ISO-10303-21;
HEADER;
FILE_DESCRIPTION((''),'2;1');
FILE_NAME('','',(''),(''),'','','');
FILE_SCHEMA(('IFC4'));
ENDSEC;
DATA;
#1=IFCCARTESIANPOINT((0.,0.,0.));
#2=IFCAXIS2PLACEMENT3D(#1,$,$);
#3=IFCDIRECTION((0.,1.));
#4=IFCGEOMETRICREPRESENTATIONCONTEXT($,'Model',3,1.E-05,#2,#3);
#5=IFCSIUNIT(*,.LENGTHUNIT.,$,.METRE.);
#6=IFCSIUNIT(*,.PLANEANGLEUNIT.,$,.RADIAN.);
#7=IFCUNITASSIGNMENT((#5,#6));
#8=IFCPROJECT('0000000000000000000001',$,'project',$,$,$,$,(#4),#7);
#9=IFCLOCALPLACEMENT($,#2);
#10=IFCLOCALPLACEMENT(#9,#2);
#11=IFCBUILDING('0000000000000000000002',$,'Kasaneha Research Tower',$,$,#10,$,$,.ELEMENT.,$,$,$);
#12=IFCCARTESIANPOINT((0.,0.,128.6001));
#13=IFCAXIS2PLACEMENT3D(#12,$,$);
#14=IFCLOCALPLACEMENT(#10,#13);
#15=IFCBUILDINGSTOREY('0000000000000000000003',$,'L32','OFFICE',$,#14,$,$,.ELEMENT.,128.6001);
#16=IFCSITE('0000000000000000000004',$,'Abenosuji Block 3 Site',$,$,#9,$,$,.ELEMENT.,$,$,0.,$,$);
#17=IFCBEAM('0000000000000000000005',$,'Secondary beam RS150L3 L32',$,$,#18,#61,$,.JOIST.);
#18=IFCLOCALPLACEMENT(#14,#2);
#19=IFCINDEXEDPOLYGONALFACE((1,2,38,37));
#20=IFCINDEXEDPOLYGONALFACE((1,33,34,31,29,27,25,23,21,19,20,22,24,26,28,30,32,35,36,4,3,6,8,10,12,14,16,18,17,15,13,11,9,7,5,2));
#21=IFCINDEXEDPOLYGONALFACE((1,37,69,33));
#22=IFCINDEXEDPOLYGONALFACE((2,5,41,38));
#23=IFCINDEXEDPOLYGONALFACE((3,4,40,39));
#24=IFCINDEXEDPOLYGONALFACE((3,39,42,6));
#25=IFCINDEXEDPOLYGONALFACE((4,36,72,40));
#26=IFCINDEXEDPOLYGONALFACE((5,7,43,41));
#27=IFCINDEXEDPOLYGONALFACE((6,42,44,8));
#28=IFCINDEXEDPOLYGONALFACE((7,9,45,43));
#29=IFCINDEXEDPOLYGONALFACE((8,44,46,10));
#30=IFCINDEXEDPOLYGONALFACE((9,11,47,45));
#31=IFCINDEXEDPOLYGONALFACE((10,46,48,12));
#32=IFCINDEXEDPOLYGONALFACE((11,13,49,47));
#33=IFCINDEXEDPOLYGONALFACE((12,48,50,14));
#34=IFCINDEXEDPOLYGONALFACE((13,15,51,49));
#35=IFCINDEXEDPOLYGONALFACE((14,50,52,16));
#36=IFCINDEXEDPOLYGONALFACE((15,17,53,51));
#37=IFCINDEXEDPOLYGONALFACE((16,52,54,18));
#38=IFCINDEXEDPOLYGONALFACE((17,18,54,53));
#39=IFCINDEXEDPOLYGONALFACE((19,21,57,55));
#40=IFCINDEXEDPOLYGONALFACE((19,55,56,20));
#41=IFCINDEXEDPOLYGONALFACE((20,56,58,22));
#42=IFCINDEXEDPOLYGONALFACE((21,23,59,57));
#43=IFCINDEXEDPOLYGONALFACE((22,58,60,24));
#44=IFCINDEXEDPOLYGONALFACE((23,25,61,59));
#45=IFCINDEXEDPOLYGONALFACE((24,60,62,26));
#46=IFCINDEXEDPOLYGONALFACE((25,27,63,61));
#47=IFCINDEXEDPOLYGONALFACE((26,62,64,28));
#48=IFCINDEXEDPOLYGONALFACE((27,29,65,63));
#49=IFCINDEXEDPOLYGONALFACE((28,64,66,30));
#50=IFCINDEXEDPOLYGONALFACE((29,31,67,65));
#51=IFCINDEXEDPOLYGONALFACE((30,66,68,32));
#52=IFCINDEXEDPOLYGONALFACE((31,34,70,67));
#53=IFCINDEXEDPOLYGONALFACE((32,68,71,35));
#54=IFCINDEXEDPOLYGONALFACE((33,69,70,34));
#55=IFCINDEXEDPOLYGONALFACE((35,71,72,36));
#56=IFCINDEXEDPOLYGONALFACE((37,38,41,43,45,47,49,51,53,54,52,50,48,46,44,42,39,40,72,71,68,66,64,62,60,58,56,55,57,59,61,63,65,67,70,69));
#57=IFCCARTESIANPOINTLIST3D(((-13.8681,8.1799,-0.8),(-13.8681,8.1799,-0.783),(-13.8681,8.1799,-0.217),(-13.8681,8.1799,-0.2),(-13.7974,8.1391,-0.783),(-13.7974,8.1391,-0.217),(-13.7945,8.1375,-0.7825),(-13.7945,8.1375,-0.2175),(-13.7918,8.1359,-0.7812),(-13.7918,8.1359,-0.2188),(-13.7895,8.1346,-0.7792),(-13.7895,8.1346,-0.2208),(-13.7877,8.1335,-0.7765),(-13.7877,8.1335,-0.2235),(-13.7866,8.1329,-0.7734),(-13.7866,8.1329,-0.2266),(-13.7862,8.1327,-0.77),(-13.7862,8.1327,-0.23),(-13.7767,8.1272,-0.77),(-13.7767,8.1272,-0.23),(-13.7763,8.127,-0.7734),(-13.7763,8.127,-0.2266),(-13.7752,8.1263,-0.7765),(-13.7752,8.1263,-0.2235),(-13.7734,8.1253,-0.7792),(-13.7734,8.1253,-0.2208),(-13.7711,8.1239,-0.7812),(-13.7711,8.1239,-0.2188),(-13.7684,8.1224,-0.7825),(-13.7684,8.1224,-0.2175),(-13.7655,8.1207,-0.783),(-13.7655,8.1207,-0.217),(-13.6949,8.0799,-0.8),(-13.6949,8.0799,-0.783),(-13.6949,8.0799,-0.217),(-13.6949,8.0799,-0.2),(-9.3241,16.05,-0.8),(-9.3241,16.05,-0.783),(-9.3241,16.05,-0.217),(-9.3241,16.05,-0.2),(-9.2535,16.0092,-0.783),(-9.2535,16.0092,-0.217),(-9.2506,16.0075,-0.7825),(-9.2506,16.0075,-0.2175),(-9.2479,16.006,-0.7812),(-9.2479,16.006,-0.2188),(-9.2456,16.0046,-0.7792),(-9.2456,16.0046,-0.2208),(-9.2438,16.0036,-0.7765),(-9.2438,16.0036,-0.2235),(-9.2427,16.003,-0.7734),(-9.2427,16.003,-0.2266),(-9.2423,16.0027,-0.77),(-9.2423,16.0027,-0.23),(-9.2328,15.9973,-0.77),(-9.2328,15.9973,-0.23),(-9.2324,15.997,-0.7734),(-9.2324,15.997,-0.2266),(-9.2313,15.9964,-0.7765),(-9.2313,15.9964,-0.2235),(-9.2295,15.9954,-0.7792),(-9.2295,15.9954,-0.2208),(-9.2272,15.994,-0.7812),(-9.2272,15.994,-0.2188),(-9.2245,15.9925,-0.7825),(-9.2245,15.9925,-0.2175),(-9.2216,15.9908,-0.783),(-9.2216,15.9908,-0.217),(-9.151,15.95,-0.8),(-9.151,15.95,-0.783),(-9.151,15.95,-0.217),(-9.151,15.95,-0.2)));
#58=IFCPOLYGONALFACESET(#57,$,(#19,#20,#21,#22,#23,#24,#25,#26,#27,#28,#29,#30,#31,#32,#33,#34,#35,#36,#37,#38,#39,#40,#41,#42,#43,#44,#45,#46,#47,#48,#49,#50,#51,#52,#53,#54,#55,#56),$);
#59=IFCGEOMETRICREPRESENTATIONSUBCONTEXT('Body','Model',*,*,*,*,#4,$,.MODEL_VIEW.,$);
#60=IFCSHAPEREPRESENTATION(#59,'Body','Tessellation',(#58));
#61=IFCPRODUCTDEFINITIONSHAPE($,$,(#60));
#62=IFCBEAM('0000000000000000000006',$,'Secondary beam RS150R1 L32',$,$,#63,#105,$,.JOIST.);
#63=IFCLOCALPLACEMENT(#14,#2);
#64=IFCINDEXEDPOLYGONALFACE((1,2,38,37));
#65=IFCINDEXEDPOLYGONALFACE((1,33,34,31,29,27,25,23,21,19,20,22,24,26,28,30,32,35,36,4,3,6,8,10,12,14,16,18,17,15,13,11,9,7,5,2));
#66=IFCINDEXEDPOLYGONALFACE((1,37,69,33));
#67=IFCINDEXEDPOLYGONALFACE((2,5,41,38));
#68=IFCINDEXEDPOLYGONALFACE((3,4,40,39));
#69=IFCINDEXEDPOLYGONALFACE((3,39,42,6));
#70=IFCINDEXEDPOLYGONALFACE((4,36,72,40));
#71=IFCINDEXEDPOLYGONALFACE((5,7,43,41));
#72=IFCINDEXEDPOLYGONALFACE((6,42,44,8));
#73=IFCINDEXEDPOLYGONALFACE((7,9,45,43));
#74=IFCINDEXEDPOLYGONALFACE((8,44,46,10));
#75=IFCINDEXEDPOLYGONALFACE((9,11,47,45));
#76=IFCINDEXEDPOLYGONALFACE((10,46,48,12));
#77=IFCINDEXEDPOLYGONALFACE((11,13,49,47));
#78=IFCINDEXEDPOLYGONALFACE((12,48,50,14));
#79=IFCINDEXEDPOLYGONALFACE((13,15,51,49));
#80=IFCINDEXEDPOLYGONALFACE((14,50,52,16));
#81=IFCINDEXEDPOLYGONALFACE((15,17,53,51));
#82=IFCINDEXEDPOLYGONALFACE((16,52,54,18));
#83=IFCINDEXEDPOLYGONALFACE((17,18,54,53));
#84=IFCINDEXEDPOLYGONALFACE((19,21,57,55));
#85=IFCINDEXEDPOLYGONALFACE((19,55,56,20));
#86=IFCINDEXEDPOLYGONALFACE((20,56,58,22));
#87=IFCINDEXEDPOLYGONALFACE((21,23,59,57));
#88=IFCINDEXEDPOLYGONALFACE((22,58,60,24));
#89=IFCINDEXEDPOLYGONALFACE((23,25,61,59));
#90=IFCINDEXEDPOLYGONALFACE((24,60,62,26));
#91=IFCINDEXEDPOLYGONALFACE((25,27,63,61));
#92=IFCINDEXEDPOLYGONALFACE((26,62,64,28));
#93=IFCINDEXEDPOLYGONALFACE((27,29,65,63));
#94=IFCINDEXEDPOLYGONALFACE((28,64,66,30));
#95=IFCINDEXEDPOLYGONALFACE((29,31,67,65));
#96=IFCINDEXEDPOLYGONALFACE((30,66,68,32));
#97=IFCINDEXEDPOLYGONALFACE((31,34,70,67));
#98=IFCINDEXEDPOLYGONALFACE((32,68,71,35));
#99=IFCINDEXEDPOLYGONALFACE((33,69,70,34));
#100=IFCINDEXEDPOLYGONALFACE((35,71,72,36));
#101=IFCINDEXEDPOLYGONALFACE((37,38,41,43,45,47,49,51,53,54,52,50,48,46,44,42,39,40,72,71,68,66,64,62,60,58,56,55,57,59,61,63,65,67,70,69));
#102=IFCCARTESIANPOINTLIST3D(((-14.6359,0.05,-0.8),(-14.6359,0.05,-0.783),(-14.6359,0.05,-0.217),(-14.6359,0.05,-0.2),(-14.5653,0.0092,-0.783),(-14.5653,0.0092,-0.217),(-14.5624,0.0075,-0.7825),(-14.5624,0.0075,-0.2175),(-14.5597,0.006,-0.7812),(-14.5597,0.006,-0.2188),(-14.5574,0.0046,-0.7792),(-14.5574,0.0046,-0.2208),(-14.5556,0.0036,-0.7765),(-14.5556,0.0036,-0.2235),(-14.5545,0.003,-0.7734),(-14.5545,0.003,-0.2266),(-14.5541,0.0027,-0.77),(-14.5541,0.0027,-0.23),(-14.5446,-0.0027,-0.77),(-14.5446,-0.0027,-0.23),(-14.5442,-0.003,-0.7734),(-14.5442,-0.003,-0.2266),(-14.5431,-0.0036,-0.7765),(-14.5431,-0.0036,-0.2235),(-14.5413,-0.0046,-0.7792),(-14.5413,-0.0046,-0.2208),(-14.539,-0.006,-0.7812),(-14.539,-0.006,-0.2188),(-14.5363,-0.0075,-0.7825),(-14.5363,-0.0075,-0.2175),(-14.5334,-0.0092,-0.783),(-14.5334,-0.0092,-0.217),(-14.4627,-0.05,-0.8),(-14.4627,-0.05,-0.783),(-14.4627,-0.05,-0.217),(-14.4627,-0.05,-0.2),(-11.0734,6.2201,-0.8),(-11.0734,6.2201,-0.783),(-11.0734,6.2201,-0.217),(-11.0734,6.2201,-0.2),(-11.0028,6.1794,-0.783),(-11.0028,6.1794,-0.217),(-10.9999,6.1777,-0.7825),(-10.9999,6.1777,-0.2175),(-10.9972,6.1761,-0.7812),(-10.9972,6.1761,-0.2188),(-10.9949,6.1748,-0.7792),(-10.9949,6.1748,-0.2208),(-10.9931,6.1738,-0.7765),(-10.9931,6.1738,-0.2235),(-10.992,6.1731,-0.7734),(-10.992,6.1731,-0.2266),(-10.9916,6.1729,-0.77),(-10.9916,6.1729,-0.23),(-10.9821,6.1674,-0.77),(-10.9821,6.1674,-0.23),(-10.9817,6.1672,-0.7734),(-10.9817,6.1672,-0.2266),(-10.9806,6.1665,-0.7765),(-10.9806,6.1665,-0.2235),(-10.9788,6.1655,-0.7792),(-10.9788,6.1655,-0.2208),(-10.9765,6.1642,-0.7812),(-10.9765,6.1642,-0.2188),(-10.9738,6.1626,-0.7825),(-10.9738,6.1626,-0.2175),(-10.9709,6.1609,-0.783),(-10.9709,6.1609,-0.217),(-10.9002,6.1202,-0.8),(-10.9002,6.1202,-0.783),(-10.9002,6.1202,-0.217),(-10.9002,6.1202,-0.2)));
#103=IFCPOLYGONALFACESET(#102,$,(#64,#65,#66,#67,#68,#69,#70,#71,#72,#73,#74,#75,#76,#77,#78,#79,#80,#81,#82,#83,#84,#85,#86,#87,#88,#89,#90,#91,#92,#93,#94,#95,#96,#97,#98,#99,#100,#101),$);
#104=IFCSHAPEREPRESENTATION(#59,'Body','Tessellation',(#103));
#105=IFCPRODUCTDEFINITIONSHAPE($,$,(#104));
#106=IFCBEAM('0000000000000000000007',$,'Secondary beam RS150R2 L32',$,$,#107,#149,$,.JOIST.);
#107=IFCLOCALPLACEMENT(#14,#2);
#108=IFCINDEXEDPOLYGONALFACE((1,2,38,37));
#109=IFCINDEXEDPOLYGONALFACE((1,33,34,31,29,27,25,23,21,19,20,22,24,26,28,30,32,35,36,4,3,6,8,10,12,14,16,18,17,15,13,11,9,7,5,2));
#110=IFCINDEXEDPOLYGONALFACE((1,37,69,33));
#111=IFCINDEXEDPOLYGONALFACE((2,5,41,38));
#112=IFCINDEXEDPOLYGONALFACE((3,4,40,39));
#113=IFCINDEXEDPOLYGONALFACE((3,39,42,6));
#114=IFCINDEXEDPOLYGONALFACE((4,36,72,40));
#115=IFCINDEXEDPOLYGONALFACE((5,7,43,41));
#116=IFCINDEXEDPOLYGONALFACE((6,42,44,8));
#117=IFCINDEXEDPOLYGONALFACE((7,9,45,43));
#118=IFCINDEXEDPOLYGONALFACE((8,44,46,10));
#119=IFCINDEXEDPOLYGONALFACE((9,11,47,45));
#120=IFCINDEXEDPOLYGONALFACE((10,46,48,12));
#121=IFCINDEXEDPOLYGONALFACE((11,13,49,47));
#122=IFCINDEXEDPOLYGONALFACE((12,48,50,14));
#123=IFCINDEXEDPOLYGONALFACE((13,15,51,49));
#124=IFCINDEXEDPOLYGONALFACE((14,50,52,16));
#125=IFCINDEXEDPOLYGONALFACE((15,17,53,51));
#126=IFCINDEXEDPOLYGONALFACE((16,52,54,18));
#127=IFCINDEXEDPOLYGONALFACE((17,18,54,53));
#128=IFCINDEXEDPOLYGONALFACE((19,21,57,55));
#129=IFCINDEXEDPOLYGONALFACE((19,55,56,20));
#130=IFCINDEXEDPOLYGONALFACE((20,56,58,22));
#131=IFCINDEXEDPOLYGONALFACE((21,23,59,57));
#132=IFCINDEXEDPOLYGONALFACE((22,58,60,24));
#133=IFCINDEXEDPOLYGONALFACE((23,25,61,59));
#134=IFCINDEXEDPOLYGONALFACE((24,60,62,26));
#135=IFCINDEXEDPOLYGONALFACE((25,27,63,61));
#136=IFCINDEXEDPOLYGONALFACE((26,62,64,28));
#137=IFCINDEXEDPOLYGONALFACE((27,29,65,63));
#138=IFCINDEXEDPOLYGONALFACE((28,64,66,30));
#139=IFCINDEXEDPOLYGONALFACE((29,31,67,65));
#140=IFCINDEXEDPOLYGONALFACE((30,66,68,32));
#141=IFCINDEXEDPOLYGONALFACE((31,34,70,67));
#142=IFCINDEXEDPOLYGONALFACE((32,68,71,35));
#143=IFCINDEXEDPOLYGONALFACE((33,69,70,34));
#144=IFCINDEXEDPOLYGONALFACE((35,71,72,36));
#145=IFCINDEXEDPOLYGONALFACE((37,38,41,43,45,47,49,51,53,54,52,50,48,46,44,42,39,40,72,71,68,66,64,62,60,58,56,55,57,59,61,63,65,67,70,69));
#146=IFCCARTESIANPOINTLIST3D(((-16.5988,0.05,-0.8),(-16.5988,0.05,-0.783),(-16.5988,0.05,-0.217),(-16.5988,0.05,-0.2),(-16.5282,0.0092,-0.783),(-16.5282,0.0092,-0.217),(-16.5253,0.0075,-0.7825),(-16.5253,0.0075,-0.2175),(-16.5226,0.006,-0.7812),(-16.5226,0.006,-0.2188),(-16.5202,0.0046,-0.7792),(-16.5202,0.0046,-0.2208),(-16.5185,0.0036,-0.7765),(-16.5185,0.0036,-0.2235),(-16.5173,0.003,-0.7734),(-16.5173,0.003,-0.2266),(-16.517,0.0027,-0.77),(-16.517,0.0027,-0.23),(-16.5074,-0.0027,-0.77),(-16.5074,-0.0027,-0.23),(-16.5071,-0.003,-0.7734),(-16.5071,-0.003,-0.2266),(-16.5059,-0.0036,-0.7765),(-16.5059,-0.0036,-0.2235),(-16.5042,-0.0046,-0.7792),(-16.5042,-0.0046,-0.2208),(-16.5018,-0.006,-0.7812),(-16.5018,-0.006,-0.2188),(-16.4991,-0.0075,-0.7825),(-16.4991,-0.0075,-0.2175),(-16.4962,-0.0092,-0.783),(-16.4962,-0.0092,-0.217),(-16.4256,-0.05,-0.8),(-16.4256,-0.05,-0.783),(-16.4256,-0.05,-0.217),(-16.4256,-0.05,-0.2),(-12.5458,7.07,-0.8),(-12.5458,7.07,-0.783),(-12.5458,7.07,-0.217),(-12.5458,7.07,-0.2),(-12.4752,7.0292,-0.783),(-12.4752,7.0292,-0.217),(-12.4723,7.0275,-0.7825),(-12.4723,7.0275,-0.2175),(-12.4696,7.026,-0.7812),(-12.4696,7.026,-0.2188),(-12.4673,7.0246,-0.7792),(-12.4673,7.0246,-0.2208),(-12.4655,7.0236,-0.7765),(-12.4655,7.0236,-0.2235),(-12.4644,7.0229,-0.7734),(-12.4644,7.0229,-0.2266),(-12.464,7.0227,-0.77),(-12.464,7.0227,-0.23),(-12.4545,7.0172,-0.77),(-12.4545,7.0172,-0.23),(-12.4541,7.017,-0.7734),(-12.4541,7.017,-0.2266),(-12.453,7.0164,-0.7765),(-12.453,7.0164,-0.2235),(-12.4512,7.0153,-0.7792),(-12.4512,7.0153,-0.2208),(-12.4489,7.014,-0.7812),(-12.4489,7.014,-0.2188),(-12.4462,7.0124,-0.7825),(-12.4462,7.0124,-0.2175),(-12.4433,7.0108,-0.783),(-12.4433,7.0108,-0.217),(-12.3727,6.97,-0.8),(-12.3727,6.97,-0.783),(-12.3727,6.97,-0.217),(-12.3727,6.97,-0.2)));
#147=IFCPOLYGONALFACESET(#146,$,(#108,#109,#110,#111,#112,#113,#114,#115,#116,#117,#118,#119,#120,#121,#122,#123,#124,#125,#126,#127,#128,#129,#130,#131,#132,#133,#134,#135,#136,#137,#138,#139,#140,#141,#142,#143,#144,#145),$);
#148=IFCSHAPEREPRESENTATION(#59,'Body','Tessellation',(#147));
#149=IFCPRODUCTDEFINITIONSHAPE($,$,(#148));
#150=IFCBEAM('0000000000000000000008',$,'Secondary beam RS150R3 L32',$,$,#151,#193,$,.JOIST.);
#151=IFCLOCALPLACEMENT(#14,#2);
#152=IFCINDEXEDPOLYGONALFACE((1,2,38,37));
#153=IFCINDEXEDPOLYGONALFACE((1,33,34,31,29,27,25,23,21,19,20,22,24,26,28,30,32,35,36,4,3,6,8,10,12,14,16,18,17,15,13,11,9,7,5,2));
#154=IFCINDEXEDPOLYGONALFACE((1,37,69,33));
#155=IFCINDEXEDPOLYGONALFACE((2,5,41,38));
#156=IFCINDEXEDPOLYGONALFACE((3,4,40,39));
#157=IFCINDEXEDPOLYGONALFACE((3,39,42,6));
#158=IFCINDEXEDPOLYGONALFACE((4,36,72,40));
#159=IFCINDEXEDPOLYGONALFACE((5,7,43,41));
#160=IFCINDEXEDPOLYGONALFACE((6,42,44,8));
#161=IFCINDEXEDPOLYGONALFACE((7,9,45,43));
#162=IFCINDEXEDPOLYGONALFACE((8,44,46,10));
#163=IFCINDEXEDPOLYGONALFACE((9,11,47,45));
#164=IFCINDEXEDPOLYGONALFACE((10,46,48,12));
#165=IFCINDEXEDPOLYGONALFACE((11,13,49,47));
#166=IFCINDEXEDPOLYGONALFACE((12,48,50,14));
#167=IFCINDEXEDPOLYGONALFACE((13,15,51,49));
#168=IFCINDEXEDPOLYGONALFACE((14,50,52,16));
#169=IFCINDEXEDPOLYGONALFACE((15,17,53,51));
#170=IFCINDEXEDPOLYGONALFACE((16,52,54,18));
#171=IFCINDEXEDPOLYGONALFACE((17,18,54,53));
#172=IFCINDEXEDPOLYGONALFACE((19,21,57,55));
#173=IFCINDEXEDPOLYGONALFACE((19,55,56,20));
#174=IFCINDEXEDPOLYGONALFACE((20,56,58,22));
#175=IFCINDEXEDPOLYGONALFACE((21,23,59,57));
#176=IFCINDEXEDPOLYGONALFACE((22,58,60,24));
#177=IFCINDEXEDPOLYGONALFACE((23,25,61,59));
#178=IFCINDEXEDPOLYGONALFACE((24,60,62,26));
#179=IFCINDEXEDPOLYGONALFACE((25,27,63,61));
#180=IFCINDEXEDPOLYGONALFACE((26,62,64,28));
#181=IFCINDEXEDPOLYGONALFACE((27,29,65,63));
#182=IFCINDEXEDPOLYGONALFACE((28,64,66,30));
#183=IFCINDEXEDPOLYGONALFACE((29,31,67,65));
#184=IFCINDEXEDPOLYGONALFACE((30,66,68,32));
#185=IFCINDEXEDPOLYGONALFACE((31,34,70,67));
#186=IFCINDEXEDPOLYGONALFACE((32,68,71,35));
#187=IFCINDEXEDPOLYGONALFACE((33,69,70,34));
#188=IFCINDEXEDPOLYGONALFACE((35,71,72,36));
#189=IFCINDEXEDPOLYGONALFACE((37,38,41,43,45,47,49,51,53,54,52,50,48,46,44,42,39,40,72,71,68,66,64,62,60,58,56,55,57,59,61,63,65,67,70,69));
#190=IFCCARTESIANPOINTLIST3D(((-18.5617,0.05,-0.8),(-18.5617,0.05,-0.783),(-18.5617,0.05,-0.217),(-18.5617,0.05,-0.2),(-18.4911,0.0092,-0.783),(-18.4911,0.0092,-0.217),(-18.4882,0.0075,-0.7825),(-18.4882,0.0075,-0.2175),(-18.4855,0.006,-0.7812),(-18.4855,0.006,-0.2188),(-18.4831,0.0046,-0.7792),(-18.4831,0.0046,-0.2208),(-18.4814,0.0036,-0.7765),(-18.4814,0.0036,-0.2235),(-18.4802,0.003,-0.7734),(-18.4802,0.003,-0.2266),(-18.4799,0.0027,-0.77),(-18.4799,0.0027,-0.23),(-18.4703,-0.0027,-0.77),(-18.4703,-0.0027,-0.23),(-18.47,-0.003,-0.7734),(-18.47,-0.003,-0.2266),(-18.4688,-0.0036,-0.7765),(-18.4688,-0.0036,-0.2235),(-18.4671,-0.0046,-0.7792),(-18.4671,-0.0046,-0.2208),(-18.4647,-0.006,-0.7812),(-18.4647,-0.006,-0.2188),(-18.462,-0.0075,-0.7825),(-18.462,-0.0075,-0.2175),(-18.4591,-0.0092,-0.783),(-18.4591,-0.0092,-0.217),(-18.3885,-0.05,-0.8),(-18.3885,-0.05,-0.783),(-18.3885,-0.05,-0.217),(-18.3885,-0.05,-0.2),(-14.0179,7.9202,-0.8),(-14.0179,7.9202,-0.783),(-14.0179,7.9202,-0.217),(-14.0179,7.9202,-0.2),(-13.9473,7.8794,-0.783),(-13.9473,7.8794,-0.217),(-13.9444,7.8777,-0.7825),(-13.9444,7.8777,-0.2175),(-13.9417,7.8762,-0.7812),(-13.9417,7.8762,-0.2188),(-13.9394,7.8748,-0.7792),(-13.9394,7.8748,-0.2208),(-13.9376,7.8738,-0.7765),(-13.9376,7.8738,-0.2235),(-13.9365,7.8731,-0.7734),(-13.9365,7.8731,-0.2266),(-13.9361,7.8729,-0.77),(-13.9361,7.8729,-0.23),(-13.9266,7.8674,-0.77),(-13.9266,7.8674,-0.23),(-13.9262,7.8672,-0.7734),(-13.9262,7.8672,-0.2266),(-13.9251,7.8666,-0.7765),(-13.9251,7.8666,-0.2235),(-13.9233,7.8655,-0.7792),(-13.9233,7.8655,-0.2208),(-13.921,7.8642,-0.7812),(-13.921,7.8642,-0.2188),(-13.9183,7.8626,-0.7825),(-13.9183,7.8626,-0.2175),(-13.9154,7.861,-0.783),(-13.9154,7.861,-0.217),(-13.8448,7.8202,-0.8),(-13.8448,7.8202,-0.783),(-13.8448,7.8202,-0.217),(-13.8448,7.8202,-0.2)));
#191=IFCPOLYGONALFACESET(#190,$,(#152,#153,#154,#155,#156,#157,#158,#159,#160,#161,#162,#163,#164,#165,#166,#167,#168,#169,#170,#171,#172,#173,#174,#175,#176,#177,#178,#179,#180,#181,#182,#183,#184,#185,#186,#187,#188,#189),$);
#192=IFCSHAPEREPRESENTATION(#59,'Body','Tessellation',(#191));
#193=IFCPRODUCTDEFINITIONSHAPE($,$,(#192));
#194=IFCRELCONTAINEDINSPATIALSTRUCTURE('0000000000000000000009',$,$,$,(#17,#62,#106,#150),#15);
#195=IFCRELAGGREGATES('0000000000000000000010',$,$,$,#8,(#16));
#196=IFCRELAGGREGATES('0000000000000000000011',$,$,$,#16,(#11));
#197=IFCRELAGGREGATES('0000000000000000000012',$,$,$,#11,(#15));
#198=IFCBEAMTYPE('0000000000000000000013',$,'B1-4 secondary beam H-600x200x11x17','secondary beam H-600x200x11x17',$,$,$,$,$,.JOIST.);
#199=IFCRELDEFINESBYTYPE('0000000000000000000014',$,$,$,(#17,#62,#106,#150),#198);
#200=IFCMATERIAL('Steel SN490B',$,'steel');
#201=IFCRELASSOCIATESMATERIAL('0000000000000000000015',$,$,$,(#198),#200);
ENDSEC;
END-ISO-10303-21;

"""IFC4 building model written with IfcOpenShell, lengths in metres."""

from ifc_helpers import new_model, si_unit, direction, frame, origin, origin_2d, place, context, subcontext, project, spatial, i_section, extrude, material, material_profile, profile_set, type_object, element, save


model = new_model("IFC4")

# Units and contexts
model_context = context("Model", 3, precision=1e-05, world=origin(), true_north=direction((0.0, 1.0)))
body_context = subcontext(model_context, "Body", "Model", "MODEL_VIEW")
ifc_project = project(units=[si_unit("LENGTHUNIT", "METRE"), si_unit("PLANEANGLEUNIT", "RADIAN")], contexts=[model_context])

# Site, building, storey
site_placement = place(None, origin())
site = spatial("IfcSite", under=ifc_project, at=site_placement, Name="Abenosuji Block 3 Site", CompositionType="ELEMENT", RefElevation=0.0)
building_placement = place(site_placement, origin())
building = spatial("IfcBuilding", under=site, at=building_placement, Name="Kasaneha Research Tower", CompositionType="ELEMENT")
storey_placement = place(building_placement, frame((0.0, 0.0, 128.6001)))
storey = spatial("IfcBuildingStorey", under=building, at=storey_placement, Name="L32", Description="OFFICE", CompositionType="ELEMENT", Elevation=128.6001)

# Beams
ifc_material_1 = material(Name="Steel SN490B", Category="steel")
ifc_material_profile_1 = material_profile(ifc_material_1, i_section(OverallWidth=0.2, OverallDepth=0.6001, WebThickness=0.011, FlangeThickness=0.0171, FilletRadius=0.0129, at=origin_2d()), Name="H-600x200x11x17")
ifc_profile_set_1 = profile_set([ifc_material_profile_1], Name="Steel SN490B")
beam_type_1 = type_object("IfcBeamType", Name="B1-4 secondary beam H-600x200x11x17", Description="secondary beam H-600x200x11x17", PredefinedType="JOIST", material=ifc_profile_set_1)
beam_1_placement = place(storey_placement, frame((-9.2375, 16.0, -0.5), z_axis=(-0.500011, -0.866019, 0.0), x_axis=(0.866019, -0.500011, 0.0)))
element("IfcBeam", 1, at=beam_1_placement, inside=storey, type_object=beam_type_1, Name="Secondary beam RS150L3 L32", PredefinedType="JOIST", context=body_context, shape_type="SweptSolid", body=[
    extrude(i_section(OverallWidth=0.2, OverallDepth=0.6001, WebThickness=0.011, FlangeThickness=0.0171, FilletRadius=0.0129, at=origin_2d()), origin(), (0.0, 0.0, 1.0), 9.0876),
])
beam_2_placement = place(storey_placement, frame((-14.5493, 0.0, -0.5), z_axis=(0.500016, 0.866016, 0.0), x_axis=(-0.866016, 0.500016, 0.0)))
element("IfcBeam", 2, at=beam_2_placement, inside=storey, type_object=beam_type_1, Name="Secondary beam RS150R1 L32", PredefinedType="JOIST", context=body_context, shape_type="SweptSolid", body=[
    extrude(i_section(OverallWidth=0.2, OverallDepth=0.6001, WebThickness=0.011, FlangeThickness=0.0171, FilletRadius=0.0129, at=origin_2d()), origin(), (0.0, 0.0, 1.0), 7.1248),
])
beam_3_placement = place(storey_placement, frame((-16.5122, 0.0, -0.5), z_axis=(0.499997, 0.866027, 0.0), x_axis=(-0.866027, 0.499997, 0.0)))
element("IfcBeam", 3, at=beam_3_placement, inside=storey, type_object=beam_type_1, Name="Secondary beam RS150R2 L32", PredefinedType="JOIST", context=body_context, shape_type="SweptSolid", body=[
    extrude(i_section(OverallWidth=0.2, OverallDepth=0.6001, WebThickness=0.011, FlangeThickness=0.0171, FilletRadius=0.0129, at=origin_2d()), origin(), (0.0, 0.0, 1.0), 8.106),
])
beam_4_placement = place(storey_placement, frame((-18.4751, 0.0, -0.5), z_axis=(0.499991, 0.866031, 0.0), x_axis=(-0.866031, 0.499991, 0.0)))
element("IfcBeam", 4, at=beam_4_placement, inside=storey, type_object=beam_type_1, Name="Secondary beam RS150R3 L32", PredefinedType="JOIST", context=body_context, shape_type="SweptSolid", body=[
    extrude(i_section(OverallWidth=0.2, OverallDepth=0.6001, WebThickness=0.011, FlangeThickness=0.0171, FilletRadius=0.0129, at=origin_2d()), origin(), (0.0, 0.0, 1.0), 9.0876),
])

save(model, "model.ifc")
